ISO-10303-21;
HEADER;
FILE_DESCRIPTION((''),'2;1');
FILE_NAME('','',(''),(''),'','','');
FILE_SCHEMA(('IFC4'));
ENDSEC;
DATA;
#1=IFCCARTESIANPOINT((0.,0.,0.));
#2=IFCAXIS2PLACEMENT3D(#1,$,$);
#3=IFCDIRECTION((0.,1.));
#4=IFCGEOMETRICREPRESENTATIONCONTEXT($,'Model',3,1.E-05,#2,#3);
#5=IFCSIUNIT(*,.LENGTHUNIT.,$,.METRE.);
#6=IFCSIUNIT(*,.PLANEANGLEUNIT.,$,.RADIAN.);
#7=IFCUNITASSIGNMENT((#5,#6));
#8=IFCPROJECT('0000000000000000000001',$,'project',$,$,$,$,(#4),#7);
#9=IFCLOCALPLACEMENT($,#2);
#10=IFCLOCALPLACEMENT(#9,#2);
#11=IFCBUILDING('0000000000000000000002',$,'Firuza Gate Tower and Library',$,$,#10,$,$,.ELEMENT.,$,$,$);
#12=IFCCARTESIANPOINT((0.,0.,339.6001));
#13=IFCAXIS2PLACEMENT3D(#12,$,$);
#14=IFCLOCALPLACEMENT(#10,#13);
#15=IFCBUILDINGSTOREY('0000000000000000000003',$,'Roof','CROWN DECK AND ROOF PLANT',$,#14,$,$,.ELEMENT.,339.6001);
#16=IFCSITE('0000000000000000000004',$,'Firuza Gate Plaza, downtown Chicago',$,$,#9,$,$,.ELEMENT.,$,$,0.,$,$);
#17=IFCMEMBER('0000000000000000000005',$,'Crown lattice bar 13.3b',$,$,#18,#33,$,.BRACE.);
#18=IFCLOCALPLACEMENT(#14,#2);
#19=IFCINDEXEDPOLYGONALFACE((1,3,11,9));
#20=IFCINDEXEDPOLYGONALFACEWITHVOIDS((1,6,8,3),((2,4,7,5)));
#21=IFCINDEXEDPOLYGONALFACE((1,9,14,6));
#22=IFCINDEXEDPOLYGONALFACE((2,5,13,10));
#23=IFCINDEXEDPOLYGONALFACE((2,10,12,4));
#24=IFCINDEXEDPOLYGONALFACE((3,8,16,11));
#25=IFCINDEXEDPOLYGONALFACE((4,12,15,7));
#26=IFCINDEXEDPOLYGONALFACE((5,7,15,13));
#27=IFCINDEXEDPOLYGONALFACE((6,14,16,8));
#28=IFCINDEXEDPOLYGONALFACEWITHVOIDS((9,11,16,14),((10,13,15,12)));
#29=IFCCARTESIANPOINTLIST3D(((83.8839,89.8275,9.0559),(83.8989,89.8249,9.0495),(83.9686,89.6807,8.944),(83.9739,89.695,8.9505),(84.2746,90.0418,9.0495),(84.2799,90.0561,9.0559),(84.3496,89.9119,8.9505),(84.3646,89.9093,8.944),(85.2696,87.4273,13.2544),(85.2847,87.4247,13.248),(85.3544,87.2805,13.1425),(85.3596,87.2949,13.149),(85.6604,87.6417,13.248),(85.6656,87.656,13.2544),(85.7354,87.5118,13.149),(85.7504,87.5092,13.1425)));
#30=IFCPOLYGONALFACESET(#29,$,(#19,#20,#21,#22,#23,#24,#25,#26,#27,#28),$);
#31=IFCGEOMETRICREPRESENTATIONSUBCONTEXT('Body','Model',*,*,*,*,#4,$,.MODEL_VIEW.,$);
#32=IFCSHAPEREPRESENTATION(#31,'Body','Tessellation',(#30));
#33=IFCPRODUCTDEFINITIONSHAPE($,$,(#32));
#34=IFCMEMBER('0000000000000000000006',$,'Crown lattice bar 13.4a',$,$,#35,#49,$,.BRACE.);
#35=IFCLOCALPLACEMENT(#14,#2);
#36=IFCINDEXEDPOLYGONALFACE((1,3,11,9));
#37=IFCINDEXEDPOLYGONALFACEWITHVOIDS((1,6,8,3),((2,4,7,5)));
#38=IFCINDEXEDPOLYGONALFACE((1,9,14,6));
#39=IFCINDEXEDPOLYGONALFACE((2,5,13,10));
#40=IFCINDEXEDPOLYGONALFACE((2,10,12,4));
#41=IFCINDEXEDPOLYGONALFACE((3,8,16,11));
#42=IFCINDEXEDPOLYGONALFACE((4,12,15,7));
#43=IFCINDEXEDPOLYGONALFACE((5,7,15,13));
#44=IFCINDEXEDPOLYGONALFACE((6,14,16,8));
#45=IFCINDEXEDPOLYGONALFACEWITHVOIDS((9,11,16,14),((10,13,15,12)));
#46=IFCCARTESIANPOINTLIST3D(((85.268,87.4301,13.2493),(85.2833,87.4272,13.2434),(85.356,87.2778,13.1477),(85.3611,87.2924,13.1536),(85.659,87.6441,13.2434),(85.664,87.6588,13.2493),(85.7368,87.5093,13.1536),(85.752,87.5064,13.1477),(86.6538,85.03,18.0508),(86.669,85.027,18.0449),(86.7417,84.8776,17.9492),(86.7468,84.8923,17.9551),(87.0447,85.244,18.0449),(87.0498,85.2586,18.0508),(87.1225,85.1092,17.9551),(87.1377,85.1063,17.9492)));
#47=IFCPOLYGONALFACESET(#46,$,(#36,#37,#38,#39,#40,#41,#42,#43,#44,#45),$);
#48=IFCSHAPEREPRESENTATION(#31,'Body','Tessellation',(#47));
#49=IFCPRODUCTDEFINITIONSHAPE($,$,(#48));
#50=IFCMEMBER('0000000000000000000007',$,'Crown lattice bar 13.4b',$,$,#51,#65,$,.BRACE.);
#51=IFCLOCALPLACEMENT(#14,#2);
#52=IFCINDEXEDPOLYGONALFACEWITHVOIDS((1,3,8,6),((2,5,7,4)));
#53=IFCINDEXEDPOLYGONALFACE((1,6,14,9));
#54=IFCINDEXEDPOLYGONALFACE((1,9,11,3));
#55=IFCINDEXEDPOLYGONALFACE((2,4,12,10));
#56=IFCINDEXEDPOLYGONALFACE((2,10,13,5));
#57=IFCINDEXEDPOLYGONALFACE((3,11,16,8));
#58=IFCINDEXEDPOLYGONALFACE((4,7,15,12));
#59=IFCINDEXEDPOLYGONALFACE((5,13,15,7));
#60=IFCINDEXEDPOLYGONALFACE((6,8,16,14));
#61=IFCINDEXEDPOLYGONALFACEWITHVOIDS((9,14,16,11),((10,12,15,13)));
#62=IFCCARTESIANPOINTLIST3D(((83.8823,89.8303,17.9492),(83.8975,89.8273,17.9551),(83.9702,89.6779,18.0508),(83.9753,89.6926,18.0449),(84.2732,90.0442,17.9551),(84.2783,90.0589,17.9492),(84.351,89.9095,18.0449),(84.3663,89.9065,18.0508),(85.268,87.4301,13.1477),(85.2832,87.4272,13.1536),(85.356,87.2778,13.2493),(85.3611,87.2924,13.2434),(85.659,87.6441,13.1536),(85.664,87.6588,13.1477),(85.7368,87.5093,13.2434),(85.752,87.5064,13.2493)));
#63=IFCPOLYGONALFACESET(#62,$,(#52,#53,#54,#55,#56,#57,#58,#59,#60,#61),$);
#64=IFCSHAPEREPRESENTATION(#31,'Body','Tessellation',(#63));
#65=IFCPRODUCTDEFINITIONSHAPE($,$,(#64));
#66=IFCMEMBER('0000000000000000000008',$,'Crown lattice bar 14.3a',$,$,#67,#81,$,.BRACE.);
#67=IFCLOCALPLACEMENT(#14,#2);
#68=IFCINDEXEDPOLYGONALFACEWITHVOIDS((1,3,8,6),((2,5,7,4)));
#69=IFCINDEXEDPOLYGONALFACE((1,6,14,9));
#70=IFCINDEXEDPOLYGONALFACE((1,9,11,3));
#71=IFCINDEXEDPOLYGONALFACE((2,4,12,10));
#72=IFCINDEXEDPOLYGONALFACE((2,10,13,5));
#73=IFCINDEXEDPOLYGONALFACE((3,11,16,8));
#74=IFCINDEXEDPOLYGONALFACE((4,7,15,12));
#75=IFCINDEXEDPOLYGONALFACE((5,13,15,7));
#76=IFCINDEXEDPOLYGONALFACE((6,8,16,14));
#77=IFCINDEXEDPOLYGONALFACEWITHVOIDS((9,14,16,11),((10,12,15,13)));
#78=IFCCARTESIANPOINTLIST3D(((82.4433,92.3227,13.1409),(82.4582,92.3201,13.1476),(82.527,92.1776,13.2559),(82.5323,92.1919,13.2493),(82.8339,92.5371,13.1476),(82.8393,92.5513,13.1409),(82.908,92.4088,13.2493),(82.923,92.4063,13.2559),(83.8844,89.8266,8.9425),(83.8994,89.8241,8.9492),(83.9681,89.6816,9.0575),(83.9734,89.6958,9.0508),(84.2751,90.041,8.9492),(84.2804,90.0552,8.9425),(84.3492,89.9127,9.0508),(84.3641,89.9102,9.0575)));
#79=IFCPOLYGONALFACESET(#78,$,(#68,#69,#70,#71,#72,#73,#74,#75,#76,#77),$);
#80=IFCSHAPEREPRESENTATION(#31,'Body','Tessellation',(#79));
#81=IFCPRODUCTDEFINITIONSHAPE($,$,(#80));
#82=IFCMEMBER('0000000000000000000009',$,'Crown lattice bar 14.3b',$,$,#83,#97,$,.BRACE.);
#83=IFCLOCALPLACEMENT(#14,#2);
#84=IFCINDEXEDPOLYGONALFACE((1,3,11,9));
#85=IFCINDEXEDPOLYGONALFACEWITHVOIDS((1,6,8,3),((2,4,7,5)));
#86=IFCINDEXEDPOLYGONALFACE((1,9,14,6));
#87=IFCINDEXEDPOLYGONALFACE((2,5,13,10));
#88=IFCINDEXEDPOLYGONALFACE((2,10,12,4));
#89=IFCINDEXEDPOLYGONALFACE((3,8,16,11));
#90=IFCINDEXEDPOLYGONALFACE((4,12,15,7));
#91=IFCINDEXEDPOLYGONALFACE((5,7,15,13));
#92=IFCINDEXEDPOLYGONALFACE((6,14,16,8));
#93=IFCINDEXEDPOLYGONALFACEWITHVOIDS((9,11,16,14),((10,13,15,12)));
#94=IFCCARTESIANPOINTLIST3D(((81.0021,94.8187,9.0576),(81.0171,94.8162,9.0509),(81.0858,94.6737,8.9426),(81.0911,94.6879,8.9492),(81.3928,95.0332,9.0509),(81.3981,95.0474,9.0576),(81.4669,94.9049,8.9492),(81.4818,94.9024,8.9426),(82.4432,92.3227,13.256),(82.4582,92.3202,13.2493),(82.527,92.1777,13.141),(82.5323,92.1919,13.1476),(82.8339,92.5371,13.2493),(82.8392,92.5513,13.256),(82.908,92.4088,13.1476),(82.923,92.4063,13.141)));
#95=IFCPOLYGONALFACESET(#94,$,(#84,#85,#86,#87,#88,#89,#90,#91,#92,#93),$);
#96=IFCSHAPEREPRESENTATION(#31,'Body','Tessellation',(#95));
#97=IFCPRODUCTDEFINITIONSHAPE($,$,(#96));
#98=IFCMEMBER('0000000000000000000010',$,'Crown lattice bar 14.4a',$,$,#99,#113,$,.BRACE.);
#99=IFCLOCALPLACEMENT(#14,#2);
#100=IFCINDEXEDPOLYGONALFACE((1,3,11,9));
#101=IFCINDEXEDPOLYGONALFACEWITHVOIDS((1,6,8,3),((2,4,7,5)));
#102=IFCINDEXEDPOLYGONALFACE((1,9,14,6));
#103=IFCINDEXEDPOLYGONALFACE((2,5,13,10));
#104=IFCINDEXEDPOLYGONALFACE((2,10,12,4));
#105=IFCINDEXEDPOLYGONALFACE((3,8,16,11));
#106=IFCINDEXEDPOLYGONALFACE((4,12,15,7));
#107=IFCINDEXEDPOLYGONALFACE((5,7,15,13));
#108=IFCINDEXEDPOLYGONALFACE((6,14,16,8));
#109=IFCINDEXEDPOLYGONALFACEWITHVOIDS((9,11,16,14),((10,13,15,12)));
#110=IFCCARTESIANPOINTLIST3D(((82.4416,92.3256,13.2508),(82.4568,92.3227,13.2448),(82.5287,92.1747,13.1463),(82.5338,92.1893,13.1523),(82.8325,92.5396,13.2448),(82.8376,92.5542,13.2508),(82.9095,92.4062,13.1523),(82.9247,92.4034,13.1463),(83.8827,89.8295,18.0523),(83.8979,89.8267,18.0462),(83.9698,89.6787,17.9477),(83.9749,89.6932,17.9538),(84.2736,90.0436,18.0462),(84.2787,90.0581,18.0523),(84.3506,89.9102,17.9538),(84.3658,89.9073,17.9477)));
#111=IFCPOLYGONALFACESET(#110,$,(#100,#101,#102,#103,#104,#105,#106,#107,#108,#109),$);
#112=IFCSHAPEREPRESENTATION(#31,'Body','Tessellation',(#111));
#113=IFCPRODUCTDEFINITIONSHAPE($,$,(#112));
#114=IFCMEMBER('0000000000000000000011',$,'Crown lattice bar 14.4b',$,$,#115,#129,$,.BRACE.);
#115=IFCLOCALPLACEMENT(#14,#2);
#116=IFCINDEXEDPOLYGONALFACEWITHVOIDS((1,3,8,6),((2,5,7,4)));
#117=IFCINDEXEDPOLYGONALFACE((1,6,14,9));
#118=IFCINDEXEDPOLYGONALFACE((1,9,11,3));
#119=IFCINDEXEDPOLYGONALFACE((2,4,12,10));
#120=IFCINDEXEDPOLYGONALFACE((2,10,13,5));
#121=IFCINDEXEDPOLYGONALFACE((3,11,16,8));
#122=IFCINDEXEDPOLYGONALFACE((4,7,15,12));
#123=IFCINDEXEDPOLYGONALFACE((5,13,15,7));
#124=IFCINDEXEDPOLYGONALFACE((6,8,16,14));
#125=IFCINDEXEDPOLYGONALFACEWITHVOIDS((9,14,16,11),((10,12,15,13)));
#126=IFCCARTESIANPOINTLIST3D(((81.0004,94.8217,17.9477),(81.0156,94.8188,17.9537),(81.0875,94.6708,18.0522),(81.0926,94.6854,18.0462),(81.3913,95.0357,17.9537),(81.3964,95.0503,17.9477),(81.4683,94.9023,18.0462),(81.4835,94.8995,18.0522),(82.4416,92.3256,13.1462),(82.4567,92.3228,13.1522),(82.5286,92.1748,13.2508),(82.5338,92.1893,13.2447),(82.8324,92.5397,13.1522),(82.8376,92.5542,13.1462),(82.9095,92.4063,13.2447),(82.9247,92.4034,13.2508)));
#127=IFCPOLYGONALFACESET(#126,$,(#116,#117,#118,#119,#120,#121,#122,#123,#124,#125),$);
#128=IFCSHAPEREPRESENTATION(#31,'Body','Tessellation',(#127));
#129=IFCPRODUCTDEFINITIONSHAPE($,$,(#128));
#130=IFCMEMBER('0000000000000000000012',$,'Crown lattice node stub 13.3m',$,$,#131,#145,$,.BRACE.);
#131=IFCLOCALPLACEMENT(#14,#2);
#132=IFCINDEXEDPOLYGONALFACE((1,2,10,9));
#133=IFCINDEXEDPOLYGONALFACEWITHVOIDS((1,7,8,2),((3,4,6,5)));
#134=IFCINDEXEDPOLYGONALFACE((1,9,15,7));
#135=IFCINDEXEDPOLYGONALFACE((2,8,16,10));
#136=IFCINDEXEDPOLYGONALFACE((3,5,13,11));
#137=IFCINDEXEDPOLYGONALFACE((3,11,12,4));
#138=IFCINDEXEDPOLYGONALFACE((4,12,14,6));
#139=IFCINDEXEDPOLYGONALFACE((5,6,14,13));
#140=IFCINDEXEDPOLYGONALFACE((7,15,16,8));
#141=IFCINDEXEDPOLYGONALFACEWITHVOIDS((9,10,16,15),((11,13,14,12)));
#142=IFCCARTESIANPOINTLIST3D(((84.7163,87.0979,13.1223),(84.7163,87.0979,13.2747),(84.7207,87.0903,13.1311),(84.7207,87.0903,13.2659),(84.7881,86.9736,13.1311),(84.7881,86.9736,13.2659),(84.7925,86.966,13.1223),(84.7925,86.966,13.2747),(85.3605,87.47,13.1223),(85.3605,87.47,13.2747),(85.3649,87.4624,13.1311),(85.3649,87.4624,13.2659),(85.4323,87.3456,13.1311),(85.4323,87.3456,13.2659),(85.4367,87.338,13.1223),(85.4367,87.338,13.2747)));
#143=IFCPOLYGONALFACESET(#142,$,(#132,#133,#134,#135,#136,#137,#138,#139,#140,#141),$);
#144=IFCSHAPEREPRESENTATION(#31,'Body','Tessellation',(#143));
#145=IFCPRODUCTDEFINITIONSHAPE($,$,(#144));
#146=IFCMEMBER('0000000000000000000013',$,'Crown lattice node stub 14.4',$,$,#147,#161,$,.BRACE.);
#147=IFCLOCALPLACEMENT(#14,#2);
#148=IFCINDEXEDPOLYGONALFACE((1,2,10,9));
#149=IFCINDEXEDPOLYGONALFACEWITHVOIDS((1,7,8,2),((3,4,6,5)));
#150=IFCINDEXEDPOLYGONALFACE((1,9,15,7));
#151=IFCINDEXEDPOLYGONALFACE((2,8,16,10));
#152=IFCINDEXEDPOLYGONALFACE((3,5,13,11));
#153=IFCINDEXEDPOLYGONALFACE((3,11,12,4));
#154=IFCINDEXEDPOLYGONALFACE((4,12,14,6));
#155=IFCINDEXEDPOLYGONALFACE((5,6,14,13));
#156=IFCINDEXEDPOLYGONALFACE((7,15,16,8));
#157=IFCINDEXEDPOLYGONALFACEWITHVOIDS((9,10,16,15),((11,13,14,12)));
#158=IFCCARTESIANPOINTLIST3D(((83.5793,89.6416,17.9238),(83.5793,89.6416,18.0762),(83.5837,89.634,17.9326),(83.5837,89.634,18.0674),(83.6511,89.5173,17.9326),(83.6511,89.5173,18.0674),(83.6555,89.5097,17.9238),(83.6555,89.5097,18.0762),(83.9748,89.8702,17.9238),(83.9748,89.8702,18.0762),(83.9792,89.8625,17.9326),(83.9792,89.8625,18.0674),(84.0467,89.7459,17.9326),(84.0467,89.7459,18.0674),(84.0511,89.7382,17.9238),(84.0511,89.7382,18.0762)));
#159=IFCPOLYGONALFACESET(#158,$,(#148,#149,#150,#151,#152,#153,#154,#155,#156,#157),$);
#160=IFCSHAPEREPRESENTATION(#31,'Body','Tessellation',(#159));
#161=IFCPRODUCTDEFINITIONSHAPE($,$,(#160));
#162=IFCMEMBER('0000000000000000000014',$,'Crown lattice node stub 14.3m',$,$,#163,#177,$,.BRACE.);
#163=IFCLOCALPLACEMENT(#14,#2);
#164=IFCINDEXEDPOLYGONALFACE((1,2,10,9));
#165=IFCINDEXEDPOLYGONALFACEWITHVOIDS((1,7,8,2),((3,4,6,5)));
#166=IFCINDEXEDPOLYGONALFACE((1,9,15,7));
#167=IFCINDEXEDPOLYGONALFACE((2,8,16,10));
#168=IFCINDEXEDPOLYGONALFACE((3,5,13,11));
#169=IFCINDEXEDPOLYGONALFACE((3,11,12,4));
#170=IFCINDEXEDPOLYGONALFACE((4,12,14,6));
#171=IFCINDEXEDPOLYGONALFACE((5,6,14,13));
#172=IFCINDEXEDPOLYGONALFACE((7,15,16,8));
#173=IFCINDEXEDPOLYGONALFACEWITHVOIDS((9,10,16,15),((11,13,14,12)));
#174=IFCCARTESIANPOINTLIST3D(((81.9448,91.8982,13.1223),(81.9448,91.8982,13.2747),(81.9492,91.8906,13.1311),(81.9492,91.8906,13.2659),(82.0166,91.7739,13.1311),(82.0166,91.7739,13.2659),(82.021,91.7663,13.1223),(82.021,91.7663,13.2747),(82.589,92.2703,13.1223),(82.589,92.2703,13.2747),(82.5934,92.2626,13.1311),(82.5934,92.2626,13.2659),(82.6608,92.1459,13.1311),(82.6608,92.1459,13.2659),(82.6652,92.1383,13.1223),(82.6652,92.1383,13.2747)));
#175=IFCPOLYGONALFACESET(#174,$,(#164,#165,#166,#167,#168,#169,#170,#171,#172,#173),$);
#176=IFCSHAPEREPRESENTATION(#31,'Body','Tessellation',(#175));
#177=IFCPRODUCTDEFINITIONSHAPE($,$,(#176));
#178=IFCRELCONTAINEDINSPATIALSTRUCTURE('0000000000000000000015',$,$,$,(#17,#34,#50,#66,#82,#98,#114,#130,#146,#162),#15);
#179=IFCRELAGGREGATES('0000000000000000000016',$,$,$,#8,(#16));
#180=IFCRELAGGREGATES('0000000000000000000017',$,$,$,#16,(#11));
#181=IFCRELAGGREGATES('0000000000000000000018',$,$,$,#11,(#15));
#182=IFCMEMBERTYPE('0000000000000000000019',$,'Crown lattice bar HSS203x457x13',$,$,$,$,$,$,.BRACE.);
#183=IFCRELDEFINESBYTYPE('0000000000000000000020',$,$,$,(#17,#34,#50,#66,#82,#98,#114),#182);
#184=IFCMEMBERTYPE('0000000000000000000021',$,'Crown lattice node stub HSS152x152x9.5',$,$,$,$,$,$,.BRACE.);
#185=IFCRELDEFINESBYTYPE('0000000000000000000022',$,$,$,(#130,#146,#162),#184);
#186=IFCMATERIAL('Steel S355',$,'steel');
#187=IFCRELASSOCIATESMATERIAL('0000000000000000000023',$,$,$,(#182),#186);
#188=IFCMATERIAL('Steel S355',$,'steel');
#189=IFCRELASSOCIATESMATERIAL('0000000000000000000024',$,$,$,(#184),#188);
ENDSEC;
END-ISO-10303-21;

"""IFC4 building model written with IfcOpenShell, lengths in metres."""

from ifc_helpers import new_model, si_unit, direction, frame, origin, origin_2d, place, context, subcontext, project, spatial, hollow_rectangle, extrude, material, material_profile, profile_set, type_object, element, save


model = new_model("IFC4")

# Units and contexts
model_context = context("Model", 3, precision=1e-05, world=origin(), true_north=direction((0.0, 1.0)))
body_context = subcontext(model_context, "Body", "Model", "MODEL_VIEW")
ifc_project = project(units=[si_unit("LENGTHUNIT", "METRE"), si_unit("PLANEANGLEUNIT", "RADIAN")], contexts=[model_context])

# Site, building, storey
site_placement = place(None, origin())
site = spatial("IfcSite", under=ifc_project, at=site_placement, Name="Firuza Gate Plaza, downtown Chicago", CompositionType="ELEMENT", RefElevation=0.0)
building_placement = place(site_placement, origin())
building = spatial("IfcBuilding", under=site, at=building_placement, Name="Firuza Gate Tower and Library", CompositionType="ELEMENT")
storey_placement = place(building_placement, frame((0.0, 0.0, 339.6001)))
storey = spatial("IfcBuildingStorey", under=building, at=storey_placement, Name="Roof", Description="CROWN DECK AND ROOF PLANT", CompositionType="ELEMENT", Elevation=339.6001)

# Members
ifc_material_1 = material(Name="Steel S355", Category="steel")
ifc_material_profile_1 = material_profile(ifc_material_1, hollow_rectangle(XDim=0.4573, YDim=0.2031, WallThickness=0.0117, at=origin_2d()))
ifc_profile_set_1 = profile_set([ifc_material_profile_1], Name="Steel S355")
member_type_1 = type_object("IfcMemberType", Name="Crown lattice bar HSS203x457x13", PredefinedType="BRACE", material=ifc_profile_set_1)
member_1_placement = place(storey_placement, frame((85.51, 87.4683, 13.1985), z_axis=(-0.275455, 0.477097, -0.834568), x_axis=(-0.866023, -0.500005, 0.0)))
element("IfcMember", 1, at=member_1_placement, inside=storey, type_object=member_type_1, Name="Crown lattice bar 13.3b", PredefinedType="BRACE", context=body_context, shape_type="SweptSolid", body=[
    extrude(hollow_rectangle(XDim=0.4573, YDim=0.2031, WallThickness=0.0117, at=origin_2d()), origin(), (0.0, 0.0, 1.0), 5.0308),
])
for number, where, z_axis, x_axis, name in (
    (2, (86.8958, 85.0681, 18.0), (-0.249955, 0.43293, -0.86608), (-0.866023, -0.500005, 0.0), "Crown lattice bar 13.4a"),
    (3, (85.51, 87.4683, 13.1985), (-0.249955, 0.43293, 0.86608), (-0.866023, -0.500005, 0.0), "Crown lattice bar 13.4b"),
):
    element("IfcMember", number, at=place(storey_placement, frame(where, z_axis=z_axis, x_axis=x_axis)), inside=storey, type_object=member_type_1, Name=name, PredefinedType="BRACE", context=body_context, shape_type="SweptSolid", body=[
        extrude(hollow_rectangle(XDim=0.4573, YDim=0.2031, WallThickness=0.0117, at=origin_2d()), origin(), (0.0, 0.0, 1.0), 5.5439),
    ])
for number, where, z_axis, x_axis, name in (
    (4, (84.1243, 89.8684, 9.0), (-0.282991, 0.49014, 0.824427), (-0.866019, -0.500011, 0.0), "Crown lattice bar 14.3a"),
    (5, (82.6831, 92.3645, 13.1985), (-0.282991, 0.49014, -0.824427), (-0.866019, -0.500011, 0.0), "Crown lattice bar 14.3b"),
):
    element("IfcMember", number, at=place(storey_placement, frame(where, z_axis=z_axis, x_axis=x_axis)), inside=storey, type_object=member_type_1, Name=name, PredefinedType="BRACE", context=body_context, shape_type="SweptSolid", body=[
        extrude(hollow_rectangle(XDim=0.4573, YDim=0.2031, WallThickness=0.0117, at=origin_2d()), origin(), (0.0, 0.0, 1.0), 5.0925),
    ])
for number, where, z_axis, x_axis, name in (
    (6, (84.1243, 89.8684, 18.0), (-0.257342, 0.445717, -0.857386), (-0.866019, -0.500011, 0.0), "Crown lattice bar 14.4a"),
    (7, (82.6831, 92.3645, 13.1985), (-0.257342, 0.445717, 0.857386), (-0.866019, -0.500011, 0.0), "Crown lattice bar 14.4b"),
):
    element("IfcMember", number, at=place(storey_placement, frame(where, z_axis=z_axis, x_axis=x_axis)), inside=storey, type_object=member_type_1, Name=name, PredefinedType="BRACE", context=body_context, shape_type="SweptSolid", body=[
        extrude(hollow_rectangle(XDim=0.4573, YDim=0.2031, WallThickness=0.0117, at=origin_2d()), origin(), (0.0, 0.0, 1.0), 5.6001),
    ])
ifc_material_2 = material(Name="Steel S355", Category="steel")
ifc_material_profile_2 = material_profile(ifc_material_2, hollow_rectangle(XDim=0.1523, YDim=0.1523, WallThickness=0.0088, at=origin_2d()))
ifc_profile_set_2 = profile_set([ifc_material_profile_2], Name="Steel S355")
member_type_2 = type_object("IfcMemberType", Name="Crown lattice node stub HSS152x152x9.5", PredefinedType="BRACE", material=ifc_profile_set_2)
member_2_placement = place(storey_placement, frame((84.7544, 87.032, 13.1985), z_axis=(0.865972, 0.500092, 0.0), x_axis=(-0.500092, 0.865972, 0.0)))
element("IfcMember", 8, at=member_2_placement, inside=storey, type_object=member_type_2, Name="Crown lattice node stub 13.3m", PredefinedType="BRACE", context=body_context, shape_type="SweptSolid", body=[
    extrude(hollow_rectangle(XDim=0.1523, YDim=0.1523, WallThickness=0.0088, at=origin_2d()), origin(), (0.0, 0.0, 1.0), 0.7439),
])
member_3_placement = place(storey_placement, frame((83.6174, 89.5757, 18.0), z_axis=(0.865865, 0.500278, 0.0), x_axis=(-0.500278, 0.865865, 0.0)))
element("IfcMember", 9, at=member_3_placement, inside=storey, type_object=member_type_2, Name="Crown lattice node stub 14.4", PredefinedType="BRACE", context=body_context, shape_type="SweptSolid", body=[
    extrude(hollow_rectangle(XDim=0.1523, YDim=0.1523, WallThickness=0.0088, at=origin_2d()), origin(), (0.0, 0.0, 1.0), 0.4568),
])
member_4_placement = place(storey_placement, frame((81.9829, 91.8323, 13.1985), z_axis=(0.865972, 0.500092, 0.0), x_axis=(-0.500092, 0.865972, 0.0)))
element("IfcMember", 10, at=member_4_placement, inside=storey, type_object=member_type_2, Name="Crown lattice node stub 14.3m", PredefinedType="BRACE", context=body_context, shape_type="SweptSolid", body=[
    extrude(hollow_rectangle(XDim=0.1523, YDim=0.1523, WallThickness=0.0088, at=origin_2d()), origin(), (0.0, 0.0, 1.0), 0.7439),
])

save(model, "model.ifc")
